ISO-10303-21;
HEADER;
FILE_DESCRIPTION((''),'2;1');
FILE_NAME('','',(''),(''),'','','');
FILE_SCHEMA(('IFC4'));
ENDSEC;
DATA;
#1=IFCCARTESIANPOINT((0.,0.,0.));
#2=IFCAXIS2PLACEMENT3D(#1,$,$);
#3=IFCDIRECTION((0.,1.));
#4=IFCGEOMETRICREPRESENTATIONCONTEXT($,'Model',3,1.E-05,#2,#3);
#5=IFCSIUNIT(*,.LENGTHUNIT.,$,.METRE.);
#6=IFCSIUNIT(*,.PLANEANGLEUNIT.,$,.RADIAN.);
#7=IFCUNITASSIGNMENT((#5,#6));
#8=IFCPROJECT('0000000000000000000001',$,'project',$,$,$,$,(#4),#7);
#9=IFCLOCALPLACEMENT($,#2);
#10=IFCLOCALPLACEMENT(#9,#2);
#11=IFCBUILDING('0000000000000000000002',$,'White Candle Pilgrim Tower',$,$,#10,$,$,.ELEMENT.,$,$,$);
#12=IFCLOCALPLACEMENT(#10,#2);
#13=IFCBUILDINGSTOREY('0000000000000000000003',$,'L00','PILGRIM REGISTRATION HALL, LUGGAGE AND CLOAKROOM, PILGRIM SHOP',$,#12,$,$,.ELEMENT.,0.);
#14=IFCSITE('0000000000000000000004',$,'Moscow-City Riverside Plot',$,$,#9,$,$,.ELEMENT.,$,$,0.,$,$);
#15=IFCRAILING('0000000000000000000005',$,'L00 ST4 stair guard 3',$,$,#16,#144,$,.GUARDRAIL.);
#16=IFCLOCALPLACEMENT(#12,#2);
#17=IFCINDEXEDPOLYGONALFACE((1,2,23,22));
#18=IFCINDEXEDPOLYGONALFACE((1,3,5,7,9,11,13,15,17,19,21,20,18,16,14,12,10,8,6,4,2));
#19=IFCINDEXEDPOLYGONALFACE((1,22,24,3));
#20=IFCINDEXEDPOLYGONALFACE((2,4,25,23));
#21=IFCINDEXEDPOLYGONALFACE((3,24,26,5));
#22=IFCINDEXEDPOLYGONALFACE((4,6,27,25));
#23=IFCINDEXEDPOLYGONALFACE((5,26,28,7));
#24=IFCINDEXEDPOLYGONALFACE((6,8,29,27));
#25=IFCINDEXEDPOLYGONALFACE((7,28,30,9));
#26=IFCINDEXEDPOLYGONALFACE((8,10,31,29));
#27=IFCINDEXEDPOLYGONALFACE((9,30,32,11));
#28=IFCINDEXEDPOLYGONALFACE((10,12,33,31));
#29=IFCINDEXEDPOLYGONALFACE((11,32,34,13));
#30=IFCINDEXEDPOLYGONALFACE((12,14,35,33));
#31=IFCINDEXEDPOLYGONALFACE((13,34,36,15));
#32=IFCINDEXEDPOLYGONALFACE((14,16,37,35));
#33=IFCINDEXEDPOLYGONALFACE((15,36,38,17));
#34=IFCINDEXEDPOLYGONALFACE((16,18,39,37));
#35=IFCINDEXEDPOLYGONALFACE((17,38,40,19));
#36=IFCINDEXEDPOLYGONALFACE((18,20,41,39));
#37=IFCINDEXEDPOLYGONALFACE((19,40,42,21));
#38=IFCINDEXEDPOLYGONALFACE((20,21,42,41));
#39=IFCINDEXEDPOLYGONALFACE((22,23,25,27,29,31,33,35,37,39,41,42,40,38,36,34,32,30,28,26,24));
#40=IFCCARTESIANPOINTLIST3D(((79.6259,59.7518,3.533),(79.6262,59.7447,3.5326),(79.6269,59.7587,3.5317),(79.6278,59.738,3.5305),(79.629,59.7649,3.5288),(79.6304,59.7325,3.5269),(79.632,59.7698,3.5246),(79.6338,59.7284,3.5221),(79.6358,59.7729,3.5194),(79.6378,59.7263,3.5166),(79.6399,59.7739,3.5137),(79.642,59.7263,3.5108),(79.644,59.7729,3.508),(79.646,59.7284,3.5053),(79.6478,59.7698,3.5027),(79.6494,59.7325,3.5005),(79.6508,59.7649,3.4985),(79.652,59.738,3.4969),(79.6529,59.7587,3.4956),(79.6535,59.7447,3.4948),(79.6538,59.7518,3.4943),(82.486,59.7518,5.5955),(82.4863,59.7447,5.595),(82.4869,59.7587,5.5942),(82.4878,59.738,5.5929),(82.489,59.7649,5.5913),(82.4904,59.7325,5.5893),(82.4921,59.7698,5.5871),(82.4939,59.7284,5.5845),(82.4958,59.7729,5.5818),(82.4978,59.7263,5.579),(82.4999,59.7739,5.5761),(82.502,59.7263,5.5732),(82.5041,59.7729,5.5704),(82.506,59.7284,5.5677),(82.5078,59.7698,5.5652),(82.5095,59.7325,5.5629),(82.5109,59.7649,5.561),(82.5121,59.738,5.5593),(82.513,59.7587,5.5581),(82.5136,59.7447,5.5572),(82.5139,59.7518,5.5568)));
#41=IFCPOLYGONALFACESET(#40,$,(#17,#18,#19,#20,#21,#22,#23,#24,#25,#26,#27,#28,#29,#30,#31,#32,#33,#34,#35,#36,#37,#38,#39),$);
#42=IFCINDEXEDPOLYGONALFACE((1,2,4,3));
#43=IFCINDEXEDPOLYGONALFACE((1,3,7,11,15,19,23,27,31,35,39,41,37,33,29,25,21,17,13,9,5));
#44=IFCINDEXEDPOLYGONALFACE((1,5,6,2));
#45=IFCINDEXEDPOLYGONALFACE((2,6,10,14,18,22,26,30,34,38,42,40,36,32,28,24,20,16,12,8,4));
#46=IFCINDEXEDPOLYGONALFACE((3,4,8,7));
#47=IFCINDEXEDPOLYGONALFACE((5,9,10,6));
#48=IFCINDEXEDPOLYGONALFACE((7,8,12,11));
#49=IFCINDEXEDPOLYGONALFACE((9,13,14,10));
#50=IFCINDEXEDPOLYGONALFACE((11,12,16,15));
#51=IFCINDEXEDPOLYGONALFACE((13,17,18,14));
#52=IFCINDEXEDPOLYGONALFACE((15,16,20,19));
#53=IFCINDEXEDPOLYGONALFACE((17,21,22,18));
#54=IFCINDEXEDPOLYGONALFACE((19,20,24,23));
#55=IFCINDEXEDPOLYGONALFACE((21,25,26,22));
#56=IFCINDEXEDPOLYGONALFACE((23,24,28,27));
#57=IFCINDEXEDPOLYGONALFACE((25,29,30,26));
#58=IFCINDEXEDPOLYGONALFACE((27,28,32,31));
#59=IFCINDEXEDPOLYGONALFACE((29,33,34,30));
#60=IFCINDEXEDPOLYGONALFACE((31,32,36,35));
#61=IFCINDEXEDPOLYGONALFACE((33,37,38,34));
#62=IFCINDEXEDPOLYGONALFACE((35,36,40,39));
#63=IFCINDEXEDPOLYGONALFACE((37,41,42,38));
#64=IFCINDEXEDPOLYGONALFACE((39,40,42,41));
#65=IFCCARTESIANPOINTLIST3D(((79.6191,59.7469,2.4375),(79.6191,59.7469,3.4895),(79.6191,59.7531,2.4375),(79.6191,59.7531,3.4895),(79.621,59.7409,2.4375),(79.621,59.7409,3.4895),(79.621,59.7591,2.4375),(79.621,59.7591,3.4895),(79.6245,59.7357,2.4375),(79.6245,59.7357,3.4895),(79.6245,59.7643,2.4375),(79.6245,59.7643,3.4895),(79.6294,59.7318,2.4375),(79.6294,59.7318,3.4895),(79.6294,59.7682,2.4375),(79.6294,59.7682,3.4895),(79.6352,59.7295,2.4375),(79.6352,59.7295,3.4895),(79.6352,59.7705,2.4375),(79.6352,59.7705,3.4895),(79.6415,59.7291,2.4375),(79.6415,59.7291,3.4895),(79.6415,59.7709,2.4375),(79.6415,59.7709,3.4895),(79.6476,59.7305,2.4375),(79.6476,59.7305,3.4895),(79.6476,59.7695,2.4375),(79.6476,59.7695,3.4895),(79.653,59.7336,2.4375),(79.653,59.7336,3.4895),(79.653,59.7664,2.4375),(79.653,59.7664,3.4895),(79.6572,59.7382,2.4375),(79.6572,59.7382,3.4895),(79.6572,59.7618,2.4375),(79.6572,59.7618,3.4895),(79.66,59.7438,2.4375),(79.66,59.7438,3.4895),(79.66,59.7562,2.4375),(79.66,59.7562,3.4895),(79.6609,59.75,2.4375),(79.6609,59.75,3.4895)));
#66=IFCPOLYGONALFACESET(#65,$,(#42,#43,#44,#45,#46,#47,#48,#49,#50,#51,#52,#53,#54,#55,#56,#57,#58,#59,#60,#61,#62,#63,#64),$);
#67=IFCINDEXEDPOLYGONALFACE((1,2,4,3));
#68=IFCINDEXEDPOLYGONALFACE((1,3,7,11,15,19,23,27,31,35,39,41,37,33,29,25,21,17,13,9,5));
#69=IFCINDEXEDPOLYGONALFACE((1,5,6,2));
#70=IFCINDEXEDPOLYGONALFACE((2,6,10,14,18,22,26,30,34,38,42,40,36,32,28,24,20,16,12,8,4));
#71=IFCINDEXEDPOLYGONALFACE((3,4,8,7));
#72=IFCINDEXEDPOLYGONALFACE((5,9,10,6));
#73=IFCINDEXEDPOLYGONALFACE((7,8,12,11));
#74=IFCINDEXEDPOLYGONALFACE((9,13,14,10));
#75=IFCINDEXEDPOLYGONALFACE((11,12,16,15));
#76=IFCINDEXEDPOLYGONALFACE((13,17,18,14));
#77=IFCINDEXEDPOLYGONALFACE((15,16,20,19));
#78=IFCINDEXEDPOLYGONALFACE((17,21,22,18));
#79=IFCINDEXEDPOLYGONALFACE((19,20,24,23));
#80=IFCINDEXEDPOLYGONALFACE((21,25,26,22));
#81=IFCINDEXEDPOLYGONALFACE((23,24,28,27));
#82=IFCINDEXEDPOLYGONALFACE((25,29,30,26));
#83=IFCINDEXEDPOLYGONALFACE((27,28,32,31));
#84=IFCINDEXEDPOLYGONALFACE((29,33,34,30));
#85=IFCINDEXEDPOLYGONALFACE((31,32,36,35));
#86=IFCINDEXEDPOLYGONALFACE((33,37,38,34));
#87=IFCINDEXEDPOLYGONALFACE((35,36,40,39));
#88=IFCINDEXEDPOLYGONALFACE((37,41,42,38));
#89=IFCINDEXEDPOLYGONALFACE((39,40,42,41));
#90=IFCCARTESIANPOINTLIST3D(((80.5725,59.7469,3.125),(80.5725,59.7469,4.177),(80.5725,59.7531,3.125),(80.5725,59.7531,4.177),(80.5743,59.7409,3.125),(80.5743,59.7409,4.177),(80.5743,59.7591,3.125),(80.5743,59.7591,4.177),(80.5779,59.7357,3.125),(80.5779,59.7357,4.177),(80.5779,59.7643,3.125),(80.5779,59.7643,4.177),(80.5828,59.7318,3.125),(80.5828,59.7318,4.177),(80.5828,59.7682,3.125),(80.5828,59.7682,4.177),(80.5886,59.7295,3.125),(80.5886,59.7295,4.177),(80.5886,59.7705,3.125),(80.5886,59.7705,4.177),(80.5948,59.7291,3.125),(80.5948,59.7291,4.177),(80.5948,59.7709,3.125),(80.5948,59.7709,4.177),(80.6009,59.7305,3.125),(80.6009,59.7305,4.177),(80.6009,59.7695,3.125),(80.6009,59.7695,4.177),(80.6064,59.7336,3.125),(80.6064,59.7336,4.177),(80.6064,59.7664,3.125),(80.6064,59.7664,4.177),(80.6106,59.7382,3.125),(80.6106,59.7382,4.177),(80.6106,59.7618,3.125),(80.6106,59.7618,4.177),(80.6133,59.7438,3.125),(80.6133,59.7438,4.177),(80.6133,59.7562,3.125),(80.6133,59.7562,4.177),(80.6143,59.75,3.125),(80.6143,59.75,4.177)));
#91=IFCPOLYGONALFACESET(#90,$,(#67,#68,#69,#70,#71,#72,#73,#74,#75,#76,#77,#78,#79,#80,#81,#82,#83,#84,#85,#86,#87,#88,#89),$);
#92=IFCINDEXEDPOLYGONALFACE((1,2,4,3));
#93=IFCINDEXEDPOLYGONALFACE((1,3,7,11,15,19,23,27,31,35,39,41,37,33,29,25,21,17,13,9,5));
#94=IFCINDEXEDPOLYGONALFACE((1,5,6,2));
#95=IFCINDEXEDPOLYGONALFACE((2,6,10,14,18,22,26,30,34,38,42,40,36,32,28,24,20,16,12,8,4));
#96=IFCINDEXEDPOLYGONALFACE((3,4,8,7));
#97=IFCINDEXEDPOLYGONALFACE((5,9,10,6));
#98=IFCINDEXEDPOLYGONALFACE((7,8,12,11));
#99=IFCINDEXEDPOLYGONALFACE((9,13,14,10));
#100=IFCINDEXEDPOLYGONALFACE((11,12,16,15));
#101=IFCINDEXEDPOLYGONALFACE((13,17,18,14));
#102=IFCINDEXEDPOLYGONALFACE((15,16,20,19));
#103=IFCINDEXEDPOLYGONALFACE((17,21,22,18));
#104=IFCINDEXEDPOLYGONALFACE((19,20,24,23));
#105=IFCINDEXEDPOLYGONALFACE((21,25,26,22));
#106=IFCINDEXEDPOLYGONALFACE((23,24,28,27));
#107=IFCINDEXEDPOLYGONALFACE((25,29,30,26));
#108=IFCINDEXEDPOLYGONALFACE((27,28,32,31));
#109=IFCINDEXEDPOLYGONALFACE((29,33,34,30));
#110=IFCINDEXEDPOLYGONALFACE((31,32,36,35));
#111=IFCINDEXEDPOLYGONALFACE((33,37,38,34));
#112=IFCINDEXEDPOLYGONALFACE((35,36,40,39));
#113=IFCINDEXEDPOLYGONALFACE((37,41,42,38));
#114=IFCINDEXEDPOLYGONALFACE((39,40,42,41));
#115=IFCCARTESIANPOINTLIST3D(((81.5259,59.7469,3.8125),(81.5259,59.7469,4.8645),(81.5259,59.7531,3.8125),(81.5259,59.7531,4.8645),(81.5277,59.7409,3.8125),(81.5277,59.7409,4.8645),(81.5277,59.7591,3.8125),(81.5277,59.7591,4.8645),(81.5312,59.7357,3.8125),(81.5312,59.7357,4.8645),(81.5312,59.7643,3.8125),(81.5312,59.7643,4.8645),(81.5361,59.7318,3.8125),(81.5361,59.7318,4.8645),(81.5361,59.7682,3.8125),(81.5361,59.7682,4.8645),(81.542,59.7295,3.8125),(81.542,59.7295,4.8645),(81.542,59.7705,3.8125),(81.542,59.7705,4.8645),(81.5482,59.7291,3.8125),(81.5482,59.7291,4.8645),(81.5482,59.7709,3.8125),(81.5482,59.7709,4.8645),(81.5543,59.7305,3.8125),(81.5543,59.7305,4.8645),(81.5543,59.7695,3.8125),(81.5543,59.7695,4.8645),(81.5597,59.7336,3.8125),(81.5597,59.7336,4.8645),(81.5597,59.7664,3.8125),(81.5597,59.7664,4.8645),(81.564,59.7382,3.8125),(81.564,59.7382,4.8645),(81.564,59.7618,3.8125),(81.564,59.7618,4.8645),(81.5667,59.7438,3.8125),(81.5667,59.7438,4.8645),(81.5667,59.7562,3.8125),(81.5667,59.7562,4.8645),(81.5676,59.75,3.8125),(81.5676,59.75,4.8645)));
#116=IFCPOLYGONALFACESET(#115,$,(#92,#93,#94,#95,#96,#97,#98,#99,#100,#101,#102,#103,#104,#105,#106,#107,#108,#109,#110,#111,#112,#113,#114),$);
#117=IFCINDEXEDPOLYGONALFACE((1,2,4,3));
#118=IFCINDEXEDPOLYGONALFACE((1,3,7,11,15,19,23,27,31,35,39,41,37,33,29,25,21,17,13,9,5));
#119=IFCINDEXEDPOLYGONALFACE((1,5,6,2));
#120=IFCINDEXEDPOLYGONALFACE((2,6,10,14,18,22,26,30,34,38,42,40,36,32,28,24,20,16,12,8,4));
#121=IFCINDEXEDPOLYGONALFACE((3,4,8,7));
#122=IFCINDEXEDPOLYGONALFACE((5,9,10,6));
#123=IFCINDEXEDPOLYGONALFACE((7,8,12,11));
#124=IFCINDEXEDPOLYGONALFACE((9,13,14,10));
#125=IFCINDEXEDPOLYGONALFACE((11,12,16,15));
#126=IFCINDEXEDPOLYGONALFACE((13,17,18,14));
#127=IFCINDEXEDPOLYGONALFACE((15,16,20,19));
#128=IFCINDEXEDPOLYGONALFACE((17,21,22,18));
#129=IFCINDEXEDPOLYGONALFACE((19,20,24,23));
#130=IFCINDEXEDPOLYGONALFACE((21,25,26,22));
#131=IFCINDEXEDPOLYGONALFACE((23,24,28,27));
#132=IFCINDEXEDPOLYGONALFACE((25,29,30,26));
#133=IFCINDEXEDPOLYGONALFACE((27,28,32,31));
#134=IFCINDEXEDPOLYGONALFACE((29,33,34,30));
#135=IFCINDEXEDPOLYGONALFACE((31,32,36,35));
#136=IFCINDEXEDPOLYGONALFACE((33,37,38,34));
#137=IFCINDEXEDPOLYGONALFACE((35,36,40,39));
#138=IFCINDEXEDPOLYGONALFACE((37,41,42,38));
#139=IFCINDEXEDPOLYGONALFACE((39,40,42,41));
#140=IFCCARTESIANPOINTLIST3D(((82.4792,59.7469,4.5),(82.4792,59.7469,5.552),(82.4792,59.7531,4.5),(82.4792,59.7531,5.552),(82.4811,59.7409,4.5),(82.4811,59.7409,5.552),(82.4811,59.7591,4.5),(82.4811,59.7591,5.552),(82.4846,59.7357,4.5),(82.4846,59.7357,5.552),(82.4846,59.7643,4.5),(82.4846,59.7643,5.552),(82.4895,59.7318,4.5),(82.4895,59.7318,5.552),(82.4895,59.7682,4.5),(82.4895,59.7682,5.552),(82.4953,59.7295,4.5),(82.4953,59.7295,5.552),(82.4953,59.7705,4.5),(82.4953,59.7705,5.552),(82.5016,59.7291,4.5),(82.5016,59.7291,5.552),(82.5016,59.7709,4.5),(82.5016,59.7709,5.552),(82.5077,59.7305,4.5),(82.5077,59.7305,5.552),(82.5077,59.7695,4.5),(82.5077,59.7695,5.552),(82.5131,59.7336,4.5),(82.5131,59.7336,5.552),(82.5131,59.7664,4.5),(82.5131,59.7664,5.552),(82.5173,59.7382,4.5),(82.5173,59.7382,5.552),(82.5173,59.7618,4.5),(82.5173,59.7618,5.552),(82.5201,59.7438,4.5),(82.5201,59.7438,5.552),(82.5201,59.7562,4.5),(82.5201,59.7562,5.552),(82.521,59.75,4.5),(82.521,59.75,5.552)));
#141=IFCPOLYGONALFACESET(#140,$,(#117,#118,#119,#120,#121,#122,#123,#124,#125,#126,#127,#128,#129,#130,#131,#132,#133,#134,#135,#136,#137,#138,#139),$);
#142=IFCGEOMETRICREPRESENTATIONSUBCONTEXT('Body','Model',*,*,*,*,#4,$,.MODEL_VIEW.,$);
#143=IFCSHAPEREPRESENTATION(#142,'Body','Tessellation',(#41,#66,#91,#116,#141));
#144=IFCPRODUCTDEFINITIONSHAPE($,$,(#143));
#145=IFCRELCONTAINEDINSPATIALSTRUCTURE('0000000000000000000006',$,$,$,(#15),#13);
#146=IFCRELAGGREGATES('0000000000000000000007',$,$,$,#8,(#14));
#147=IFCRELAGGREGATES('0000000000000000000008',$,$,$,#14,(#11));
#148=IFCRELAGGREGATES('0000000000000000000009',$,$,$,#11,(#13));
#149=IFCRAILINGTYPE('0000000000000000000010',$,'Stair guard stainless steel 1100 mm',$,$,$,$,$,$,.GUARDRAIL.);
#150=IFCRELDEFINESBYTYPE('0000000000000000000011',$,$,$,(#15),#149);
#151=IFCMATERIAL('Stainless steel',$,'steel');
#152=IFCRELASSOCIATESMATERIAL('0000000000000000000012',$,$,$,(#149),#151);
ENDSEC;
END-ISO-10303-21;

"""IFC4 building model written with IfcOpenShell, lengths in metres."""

from ifc_helpers import new_model, si_unit, direction, frame, origin, origin_2d, place, context, subcontext, project, spatial, circle, extrude, material, type_object, element, save


model = new_model("IFC4")

# Units and contexts
model_context = context("Model", 3, precision=1e-05, world=origin(), true_north=direction((0.0, 1.0)))
body_context = subcontext(model_context, "Body", "Model", "MODEL_VIEW")
ifc_project = project(units=[si_unit("LENGTHUNIT", "METRE"), si_unit("PLANEANGLEUNIT", "RADIAN")], contexts=[model_context])

# Site, building, storey
site_placement = place(None, origin())
site = spatial("IfcSite", under=ifc_project, at=site_placement, Name="Moscow-City Riverside Plot", CompositionType="ELEMENT", RefElevation=0.0)
building_placement = place(site_placement, origin())
building = spatial("IfcBuilding", under=site, at=building_placement, Name="White Candle Pilgrim Tower", CompositionType="ELEMENT")
storey_placement = place(building_placement, origin())
storey = spatial("IfcBuildingStorey", under=building, at=storey_placement, Name="L00", Description="PILGRIM REGISTRATION HALL, LUGGAGE AND CLOAKROOM, PILGRIM SHOP", CompositionType="ELEMENT", Elevation=0.0)

# Railing
ifc_material_1 = material(Name="Stainless steel", Category="steel")
railing_type_1 = type_object("IfcRailingType", Name="Stair guard stainless steel 1100 mm", PredefinedType="GUARDRAIL", material=ifc_material_1)
railing_1_placement = place(storey_placement, frame((79.6399, 59.75, 2.4375)))
element("IfcRailing", 1, at=railing_1_placement, inside=storey, type_object=railing_type_1, Name="L00 ST4 stair guard 3", PredefinedType="GUARDRAIL", context=body_context, shape_type="SweptSolid", body=[
    extrude(circle(Radius=0.0239, at=origin_2d()), frame((0.0, 0.0, 1.0762), z_axis=(0.811101, 0.0, 0.584906), x_axis=(0.0, 1.0, 0.0)), (0.0, 0.0, 1.0), 3.5261),
    extrude(circle(Radius=0.021, at=origin_2d()), origin(), (0.0, 0.0, 1.0), 1.052),
    extrude(circle(Radius=0.021, at=origin_2d()), frame((0.9534, 0.0, 0.6875)), (0.0, 0.0, 1.0), 1.052),
    extrude(circle(Radius=0.021, at=origin_2d()), frame((1.9067, 0.0, 1.375)), (0.0, 0.0, 1.0), 1.052),
    extrude(circle(Radius=0.021, at=origin_2d()), frame((2.8601, 0.0, 2.0625)), (0.0, 0.0, 1.0), 1.052),
])

save(model, "model.ifc")
